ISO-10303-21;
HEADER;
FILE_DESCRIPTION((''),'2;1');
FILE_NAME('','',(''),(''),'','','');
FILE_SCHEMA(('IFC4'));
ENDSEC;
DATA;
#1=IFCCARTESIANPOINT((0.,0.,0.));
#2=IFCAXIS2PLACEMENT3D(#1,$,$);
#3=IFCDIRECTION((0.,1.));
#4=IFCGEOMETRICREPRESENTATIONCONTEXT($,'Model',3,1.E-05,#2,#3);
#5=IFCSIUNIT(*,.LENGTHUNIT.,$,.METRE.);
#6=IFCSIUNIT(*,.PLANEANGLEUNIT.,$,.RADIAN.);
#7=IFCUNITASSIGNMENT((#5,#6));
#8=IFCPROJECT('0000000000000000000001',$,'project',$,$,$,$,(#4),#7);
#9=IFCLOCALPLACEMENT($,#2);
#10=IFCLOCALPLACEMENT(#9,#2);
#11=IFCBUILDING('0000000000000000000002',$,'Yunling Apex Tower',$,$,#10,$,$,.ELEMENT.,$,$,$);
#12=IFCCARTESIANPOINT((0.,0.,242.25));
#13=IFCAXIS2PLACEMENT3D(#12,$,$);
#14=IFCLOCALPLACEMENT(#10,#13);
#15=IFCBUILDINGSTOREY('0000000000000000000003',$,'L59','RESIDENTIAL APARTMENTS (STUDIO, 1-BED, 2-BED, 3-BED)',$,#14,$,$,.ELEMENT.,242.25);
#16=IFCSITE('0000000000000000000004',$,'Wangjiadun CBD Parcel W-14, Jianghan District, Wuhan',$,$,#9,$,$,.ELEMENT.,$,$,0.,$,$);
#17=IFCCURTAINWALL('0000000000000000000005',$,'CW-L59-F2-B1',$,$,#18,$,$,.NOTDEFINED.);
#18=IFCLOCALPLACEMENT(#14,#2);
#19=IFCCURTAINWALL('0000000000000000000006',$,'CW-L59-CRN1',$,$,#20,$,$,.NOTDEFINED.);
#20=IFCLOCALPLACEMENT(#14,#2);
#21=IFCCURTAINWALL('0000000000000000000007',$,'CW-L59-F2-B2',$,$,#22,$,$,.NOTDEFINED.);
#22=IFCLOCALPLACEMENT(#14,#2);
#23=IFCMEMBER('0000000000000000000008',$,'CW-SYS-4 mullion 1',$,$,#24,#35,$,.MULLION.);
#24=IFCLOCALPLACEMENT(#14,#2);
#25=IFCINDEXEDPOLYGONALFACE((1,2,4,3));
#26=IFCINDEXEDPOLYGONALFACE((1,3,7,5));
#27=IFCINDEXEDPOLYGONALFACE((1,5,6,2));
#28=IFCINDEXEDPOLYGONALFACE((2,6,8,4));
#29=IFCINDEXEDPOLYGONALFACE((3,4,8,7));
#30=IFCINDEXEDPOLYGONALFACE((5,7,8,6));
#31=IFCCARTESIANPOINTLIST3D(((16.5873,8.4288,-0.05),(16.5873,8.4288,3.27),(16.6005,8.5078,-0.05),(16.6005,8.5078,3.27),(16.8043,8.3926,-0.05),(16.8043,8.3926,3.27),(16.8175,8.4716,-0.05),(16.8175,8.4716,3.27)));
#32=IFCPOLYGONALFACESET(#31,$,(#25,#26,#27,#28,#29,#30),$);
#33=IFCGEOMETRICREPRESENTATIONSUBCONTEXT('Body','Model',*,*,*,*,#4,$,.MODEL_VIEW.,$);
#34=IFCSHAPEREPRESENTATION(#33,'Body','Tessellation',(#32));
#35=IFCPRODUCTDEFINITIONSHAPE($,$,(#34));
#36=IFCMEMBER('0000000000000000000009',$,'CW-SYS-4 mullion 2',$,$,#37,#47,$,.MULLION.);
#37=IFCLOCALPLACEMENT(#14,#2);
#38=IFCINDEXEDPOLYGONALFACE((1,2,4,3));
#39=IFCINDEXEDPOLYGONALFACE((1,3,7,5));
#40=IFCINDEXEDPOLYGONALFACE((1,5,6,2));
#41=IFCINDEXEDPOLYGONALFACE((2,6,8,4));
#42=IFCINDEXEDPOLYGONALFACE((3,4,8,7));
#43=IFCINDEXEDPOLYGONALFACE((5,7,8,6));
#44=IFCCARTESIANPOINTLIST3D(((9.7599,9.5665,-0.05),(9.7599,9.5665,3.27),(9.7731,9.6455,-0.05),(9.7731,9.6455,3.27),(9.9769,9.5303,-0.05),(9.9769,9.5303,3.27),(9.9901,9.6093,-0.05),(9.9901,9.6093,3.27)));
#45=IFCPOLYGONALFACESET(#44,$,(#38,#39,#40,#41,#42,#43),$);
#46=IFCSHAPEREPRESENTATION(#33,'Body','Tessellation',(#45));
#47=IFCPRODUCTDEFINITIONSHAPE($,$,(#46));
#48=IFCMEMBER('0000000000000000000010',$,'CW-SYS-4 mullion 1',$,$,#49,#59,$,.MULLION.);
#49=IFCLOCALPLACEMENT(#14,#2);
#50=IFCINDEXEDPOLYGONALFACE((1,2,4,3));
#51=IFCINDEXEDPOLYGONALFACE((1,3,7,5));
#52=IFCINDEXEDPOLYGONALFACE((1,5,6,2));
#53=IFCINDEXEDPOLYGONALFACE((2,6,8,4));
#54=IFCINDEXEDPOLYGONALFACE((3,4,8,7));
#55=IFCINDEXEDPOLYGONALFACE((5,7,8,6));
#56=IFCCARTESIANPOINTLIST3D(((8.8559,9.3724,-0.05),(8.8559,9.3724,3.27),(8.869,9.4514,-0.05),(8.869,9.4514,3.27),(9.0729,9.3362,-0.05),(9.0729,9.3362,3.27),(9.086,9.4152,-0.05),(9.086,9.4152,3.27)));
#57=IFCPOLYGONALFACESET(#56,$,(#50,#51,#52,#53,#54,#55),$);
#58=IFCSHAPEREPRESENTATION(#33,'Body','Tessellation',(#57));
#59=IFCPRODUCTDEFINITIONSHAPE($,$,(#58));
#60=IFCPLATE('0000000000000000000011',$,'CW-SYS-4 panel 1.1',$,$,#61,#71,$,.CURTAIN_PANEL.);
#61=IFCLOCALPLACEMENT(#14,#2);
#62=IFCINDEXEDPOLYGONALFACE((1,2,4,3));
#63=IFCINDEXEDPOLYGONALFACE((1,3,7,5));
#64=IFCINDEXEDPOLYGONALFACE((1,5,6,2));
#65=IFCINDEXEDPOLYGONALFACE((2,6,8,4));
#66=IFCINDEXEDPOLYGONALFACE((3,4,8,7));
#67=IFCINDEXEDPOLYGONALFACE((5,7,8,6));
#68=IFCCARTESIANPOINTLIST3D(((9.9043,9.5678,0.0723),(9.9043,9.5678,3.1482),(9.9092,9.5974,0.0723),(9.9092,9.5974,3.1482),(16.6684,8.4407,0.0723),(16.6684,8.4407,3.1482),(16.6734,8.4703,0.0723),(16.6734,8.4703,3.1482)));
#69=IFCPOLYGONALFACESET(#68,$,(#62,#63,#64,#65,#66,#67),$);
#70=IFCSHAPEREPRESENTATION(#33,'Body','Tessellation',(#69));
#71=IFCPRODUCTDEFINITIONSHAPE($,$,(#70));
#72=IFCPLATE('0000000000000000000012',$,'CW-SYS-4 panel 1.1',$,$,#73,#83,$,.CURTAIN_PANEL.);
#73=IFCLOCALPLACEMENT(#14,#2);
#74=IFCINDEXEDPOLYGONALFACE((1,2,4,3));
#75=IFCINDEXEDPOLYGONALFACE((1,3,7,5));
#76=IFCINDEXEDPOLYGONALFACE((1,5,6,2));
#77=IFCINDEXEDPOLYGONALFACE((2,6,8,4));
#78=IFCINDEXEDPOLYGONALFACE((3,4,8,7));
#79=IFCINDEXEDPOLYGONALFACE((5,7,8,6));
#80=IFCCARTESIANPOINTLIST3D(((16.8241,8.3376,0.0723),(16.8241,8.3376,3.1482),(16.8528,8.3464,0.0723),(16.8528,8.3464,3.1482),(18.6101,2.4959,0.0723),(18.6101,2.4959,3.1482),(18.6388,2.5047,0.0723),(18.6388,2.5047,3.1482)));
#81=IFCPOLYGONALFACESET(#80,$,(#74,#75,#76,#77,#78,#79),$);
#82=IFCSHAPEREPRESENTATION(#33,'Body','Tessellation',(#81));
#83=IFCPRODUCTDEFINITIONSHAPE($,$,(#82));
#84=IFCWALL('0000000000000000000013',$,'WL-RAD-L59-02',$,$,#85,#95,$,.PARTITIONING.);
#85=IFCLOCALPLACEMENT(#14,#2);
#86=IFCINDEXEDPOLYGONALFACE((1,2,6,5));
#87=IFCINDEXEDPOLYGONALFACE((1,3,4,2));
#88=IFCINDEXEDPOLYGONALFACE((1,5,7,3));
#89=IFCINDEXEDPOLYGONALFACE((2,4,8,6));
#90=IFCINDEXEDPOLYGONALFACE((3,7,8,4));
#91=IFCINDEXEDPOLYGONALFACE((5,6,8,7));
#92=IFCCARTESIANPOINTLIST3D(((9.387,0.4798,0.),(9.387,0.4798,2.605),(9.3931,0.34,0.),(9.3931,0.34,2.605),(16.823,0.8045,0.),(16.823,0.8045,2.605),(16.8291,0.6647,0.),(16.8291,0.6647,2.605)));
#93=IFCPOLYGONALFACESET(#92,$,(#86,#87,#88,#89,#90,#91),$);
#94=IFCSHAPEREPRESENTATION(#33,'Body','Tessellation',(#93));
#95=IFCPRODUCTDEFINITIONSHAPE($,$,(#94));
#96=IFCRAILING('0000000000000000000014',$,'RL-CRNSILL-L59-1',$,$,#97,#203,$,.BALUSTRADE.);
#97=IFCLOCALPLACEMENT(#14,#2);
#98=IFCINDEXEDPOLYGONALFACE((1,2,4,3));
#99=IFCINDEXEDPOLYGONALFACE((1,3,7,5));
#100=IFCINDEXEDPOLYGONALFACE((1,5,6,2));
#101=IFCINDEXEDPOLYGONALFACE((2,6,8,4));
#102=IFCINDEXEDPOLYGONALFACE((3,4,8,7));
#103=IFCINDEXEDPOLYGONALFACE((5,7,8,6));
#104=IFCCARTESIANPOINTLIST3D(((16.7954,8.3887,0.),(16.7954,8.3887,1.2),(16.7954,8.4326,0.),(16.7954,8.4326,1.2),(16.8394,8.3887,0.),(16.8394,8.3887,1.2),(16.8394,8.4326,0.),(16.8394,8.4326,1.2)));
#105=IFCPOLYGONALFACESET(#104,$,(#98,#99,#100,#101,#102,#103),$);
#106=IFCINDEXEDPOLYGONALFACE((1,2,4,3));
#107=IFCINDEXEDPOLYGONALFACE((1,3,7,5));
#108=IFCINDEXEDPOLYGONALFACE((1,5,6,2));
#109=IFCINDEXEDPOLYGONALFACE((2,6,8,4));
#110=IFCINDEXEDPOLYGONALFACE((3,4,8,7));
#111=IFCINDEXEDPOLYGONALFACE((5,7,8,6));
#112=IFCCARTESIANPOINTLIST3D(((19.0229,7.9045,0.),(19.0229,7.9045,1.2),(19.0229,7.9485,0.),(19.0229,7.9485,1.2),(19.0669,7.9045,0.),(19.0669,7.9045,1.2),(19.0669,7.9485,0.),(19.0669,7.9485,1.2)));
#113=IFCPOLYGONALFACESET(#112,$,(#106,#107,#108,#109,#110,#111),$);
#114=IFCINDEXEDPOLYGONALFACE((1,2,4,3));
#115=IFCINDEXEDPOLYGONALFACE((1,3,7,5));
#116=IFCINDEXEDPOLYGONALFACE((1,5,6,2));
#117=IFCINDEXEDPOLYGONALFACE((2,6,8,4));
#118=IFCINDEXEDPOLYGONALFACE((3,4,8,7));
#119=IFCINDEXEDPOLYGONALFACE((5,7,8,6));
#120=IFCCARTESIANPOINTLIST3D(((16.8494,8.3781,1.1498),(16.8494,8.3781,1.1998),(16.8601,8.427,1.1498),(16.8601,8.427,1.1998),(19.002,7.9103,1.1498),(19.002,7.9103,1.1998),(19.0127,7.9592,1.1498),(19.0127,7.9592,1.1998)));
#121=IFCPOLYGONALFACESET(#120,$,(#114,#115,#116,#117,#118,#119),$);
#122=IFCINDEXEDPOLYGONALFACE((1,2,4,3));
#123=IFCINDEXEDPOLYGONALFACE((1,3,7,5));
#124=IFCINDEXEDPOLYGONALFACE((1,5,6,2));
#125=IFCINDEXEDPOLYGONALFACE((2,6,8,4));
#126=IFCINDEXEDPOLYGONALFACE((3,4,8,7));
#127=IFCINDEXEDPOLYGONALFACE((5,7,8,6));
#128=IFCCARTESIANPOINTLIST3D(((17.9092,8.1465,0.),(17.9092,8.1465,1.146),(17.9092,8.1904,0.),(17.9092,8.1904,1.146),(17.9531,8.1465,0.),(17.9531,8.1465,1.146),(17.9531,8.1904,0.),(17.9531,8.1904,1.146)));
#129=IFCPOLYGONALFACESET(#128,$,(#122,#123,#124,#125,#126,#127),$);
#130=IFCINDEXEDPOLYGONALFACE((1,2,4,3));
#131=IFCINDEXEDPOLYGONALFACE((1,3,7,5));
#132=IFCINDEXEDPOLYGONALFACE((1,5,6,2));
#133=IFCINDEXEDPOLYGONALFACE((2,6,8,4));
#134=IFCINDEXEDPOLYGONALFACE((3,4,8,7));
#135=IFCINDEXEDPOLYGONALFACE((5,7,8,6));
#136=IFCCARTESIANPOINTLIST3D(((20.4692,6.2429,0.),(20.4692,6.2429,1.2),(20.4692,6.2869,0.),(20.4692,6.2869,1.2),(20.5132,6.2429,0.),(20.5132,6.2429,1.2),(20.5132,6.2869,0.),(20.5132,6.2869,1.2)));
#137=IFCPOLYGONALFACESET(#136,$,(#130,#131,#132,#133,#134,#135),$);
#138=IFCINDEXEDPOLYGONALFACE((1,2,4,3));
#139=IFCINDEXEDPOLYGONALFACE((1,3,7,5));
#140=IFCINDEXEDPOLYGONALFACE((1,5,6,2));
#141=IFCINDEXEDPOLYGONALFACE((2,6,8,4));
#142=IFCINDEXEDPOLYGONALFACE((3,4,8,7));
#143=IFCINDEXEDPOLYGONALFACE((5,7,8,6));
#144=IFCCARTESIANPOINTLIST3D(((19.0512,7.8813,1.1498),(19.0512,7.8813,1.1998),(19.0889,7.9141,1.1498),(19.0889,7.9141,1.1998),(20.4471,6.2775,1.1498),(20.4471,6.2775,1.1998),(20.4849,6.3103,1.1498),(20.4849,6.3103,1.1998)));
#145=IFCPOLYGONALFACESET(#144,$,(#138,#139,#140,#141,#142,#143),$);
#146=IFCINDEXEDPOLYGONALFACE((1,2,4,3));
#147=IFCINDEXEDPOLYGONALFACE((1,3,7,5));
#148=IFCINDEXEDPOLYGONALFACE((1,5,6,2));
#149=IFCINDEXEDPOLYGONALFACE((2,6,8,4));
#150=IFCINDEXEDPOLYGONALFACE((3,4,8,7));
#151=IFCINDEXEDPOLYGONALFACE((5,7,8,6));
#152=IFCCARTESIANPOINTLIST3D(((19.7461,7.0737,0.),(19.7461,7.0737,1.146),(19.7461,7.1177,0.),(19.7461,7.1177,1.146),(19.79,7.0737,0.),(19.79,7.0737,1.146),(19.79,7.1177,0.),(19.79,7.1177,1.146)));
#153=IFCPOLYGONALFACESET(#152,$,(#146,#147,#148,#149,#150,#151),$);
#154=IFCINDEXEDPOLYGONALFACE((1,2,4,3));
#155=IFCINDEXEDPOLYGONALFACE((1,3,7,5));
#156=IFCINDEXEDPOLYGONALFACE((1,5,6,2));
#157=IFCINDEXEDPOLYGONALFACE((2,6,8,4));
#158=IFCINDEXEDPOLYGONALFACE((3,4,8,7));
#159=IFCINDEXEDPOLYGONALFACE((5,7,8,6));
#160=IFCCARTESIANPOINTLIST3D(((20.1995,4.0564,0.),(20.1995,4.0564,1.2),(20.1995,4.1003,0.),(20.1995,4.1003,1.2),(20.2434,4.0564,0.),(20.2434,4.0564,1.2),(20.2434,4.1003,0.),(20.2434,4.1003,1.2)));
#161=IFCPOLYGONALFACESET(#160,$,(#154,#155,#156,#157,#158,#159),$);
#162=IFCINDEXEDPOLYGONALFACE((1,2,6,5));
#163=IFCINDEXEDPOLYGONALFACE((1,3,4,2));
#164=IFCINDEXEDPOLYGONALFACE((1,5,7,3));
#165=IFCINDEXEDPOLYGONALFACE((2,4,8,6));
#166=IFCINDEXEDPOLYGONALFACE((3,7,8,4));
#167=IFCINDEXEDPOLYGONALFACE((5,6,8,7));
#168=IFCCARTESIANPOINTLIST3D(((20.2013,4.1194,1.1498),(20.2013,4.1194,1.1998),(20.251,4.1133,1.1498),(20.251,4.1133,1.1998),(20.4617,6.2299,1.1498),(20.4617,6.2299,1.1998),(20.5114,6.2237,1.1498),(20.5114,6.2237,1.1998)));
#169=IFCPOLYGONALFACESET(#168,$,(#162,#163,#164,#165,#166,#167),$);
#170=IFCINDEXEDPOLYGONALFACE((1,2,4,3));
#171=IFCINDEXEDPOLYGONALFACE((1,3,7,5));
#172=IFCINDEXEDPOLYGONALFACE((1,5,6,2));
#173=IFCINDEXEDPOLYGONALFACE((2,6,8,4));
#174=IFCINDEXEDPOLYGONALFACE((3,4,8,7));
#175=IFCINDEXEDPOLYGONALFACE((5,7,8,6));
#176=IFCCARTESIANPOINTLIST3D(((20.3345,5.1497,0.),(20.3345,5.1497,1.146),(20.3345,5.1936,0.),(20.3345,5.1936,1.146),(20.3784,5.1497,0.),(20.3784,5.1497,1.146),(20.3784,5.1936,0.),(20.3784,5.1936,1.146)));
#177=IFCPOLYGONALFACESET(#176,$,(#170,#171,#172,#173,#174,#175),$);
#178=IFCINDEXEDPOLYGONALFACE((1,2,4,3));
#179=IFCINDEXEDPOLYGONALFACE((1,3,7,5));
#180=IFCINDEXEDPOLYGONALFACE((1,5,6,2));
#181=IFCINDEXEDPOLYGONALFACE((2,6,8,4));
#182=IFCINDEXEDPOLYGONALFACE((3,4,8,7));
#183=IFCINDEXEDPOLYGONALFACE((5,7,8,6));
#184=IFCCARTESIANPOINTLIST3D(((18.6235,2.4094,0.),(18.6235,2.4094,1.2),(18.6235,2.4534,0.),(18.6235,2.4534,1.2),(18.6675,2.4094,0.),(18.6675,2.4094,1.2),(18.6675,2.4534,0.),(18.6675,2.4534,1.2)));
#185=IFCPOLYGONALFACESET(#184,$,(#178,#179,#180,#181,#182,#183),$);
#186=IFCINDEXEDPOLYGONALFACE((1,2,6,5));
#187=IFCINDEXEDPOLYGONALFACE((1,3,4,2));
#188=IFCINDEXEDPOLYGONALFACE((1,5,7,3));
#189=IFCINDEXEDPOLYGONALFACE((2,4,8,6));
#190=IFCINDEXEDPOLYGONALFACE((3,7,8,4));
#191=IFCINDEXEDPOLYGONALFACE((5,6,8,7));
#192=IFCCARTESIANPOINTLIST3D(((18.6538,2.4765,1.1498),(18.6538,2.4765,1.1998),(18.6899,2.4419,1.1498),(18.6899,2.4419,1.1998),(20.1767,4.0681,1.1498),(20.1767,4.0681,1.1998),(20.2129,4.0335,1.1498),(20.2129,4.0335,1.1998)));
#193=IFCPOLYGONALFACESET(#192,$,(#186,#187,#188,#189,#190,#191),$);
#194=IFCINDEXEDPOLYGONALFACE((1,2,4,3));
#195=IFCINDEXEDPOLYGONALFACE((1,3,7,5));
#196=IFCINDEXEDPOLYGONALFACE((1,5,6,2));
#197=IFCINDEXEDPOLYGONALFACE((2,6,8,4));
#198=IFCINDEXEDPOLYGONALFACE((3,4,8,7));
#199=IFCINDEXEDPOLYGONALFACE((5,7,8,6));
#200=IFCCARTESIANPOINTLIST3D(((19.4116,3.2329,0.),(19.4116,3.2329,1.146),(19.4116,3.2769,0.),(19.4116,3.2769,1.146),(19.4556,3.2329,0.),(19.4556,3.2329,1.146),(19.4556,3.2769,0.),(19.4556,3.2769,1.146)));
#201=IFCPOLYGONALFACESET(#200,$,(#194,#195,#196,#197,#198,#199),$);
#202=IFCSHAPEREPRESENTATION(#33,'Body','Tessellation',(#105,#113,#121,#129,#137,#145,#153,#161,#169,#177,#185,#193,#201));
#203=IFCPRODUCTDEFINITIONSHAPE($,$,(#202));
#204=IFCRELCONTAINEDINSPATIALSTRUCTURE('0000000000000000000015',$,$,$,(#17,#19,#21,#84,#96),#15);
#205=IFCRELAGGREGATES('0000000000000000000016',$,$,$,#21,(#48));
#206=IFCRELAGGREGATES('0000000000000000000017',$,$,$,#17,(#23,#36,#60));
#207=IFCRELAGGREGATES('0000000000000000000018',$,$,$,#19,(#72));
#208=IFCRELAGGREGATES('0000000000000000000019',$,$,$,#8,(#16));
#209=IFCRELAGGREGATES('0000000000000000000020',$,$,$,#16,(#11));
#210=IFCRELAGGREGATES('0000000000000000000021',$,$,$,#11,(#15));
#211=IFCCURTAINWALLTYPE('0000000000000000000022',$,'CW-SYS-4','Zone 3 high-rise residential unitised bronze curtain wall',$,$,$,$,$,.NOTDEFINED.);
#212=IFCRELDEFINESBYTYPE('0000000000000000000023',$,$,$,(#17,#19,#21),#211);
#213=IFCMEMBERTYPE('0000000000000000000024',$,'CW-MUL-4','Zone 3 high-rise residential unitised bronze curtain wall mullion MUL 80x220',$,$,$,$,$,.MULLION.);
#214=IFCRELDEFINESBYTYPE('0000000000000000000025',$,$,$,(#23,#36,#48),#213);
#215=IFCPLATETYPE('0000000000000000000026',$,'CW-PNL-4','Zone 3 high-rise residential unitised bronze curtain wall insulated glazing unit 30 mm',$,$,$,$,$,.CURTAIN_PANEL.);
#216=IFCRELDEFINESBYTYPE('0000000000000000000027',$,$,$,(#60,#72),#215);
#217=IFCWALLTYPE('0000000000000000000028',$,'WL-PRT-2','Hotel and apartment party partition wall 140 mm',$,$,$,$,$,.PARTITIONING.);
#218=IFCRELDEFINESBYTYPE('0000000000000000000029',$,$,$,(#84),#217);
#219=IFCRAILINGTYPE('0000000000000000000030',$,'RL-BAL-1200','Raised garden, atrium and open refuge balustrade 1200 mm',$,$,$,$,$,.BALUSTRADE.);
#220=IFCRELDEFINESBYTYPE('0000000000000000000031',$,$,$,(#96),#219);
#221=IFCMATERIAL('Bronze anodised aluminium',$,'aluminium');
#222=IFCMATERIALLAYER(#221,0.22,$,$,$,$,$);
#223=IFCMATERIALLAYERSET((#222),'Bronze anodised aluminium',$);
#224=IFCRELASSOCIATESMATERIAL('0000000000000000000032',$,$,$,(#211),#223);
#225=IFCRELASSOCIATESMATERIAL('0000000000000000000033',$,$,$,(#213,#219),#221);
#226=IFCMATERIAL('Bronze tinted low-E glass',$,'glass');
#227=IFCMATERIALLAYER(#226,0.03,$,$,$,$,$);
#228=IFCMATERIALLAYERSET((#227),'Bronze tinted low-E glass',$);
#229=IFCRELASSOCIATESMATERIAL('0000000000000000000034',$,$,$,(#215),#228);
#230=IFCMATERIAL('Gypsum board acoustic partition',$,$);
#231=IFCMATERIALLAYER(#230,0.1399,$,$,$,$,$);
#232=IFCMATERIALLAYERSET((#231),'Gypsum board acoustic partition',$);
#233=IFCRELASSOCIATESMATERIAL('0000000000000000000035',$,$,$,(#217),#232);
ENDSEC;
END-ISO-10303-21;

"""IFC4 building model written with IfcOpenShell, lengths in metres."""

from ifc_helpers import new_model, si_unit, direction, frame, frame_2d, origin, origin_2d, place, context, subcontext, project, spatial, rectangle, extrude, source, transform, mapped, material, layer, layer_set, material_profile, profile_set, type_object, element, aggregate, save


model = new_model("IFC4")

# Units and contexts
model_context = context("Model", 3, precision=1e-05, world=origin(), true_north=direction((0.0, 1.0)))
body_context = subcontext(model_context, "Body", "Model", "MODEL_VIEW")
ifc_project = project(units=[si_unit("LENGTHUNIT", "METRE"), si_unit("PLANEANGLEUNIT", "RADIAN")], contexts=[model_context])

# Site, building, storey
site_placement = place(None, origin())
site = spatial("IfcSite", under=ifc_project, at=site_placement, Name="Wangjiadun CBD Parcel W-14, Jianghan District, Wuhan", CompositionType="ELEMENT", RefElevation=0.0)
building_placement = place(site_placement, origin())
building = spatial("IfcBuilding", under=site, at=building_placement, Name="Yunling Apex Tower", CompositionType="ELEMENT")
storey_placement = place(building_placement, frame((0.0, 0.0, 242.25)))
storey = spatial("IfcBuildingStorey", under=building, at=storey_placement, Name="L59", Description="RESIDENTIAL APARTMENTS (STUDIO, 1-BED, 2-BED, 3-BED)", CompositionType="ELEMENT", Elevation=242.25)

# Curtain walls
ifc_material_1 = material(Name="Bronze anodised aluminium", Category="aluminium")
ifc_layer_1 = layer(ifc_material_1, 0.22)
ifc_layer_set_1 = layer_set([ifc_layer_1], Name="Bronze anodised aluminium")
curtain_wall_type = type_object("IfcCurtainWallType", Name="CW-SYS-4", Description="Zone 3 high-rise residential unitised bronze curtain wall", PredefinedType="NOTDEFINED", material=ifc_layer_set_1)
curtain_wall_1_placement = place(storey_placement, origin())
curtain_wall_1 = element("IfcCurtainWall", 1, at=curtain_wall_1_placement, inside=storey, type_object=curtain_wall_type, Name="CW-L59-F2-B1", PredefinedType="NOTDEFINED")
curtain_wall_2_placement = place(storey_placement, origin())
curtain_wall_2 = element("IfcCurtainWall", 2, at=curtain_wall_2_placement, inside=storey, type_object=curtain_wall_type, Name="CW-L59-CRN1", PredefinedType="NOTDEFINED")
curtain_wall_3_placement = place(storey_placement, origin())
curtain_wall_3 = element("IfcCurtainWall", 3, at=curtain_wall_3_placement, inside=storey, type_object=curtain_wall_type, Name="CW-L59-F2-B2", PredefinedType="NOTDEFINED")

# Shared definitions
ifc_material_profile_1 = material_profile(ifc_material_1, rectangle(XDim=0.0801, YDim=0.22, at=origin_2d()))
ifc_profile_set_1 = profile_set([ifc_material_profile_1], Name="Bronze anodised aluminium")
member_type_1 = type_object("IfcMemberType", Name="CW-MUL-4", Description="Zone 3 high-rise residential unitised bronze curtain wall mullion MUL 80x220", PredefinedType="MULLION", material=ifc_profile_set_1)
shared_shape_1 = source(origin(), body_context, "Body", "SweptSolid", [
    extrude(rectangle(XDim=0.0801, YDim=0.22, at=origin_2d()), origin(), (0.0, 0.0, 1.0), 3.3201),
])

# Members
member_1_placement = place(storey_placement, frame((16.7024, 8.4502, -0.05), z_axis=(0.0, 0.0, 1.0), x_axis=(-0.164353, -0.986402, 0.0)))
member_1 = element("IfcMember", 4, at=member_1_placement, type_object=member_type_1, Name="CW-SYS-4 mullion 1", PredefinedType="MULLION", context=body_context, shape_type="MappedRepresentation", body=[
    mapped(shared_shape_1, transform((0.0, 0.0, 0.0), scale=1.0)),
])
member_2_placement = place(storey_placement, frame((9.875, 9.5879, -0.05), z_axis=(0.0, 0.0, 1.0), x_axis=(-0.164353, -0.986402, 0.0)))
member_2 = element("IfcMember", 5, at=member_2_placement, type_object=member_type_1, Name="CW-SYS-4 mullion 2", PredefinedType="MULLION", context=body_context, shape_type="MappedRepresentation", body=[
    mapped(shared_shape_1, transform((0.0, 0.0, 0.0), scale=1.0)),
])
member_3_placement = place(storey_placement, frame((8.9709, 9.3938, -0.05), z_axis=(0.0, 0.0, 1.0), x_axis=(-0.164371, -0.986399, 0.0)))
member_3 = element("IfcMember", 6, at=member_3_placement, type_object=member_type_1, Name="CW-SYS-4 mullion 1", PredefinedType="MULLION", context=body_context, shape_type="MappedRepresentation", body=[
    mapped(shared_shape_1, transform((0.0, 0.0, 0.0), scale=1.0)),
])
aggregate(curtain_wall_3, [member_3])

# Plates
ifc_material_2 = material(Name="Bronze tinted low-E glass", Category="glass")
ifc_layer_2 = layer(ifc_material_2, 0.03)
ifc_layer_set_2 = layer_set([ifc_layer_2], Name="Bronze tinted low-E glass")
plate_type = type_object("IfcPlateType", Name="CW-PNL-4", Description="Zone 3 high-rise residential unitised bronze curtain wall insulated glazing unit 30 mm", PredefinedType="CURTAIN_PANEL", material=ifc_layer_set_2)
shared_shape_2 = source(origin(), body_context, "Body", "SweptSolid", [
    extrude(rectangle(XDim=6.8574, YDim=0.03, at=origin_2d()), origin(), (0.0, 0.0, 1.0), 3.0759),
])
plate_1_placement = place(storey_placement, frame((13.2888, 9.019, 0.0723), z_axis=(0.0, 0.0, 1.0), x_axis=(-0.986402, 0.164353, 0.0)))
plate_1 = element("IfcPlate", 7, at=plate_1_placement, type_object=plate_type, Name="CW-SYS-4 panel 1.1", PredefinedType="CURTAIN_PANEL", context=body_context, shape_type="MappedRepresentation", body=[
    mapped(shared_shape_2, transform((0.0, 0.0, 0.0), scale=1.0)),
])
aggregate(curtain_wall_1, [member_1, member_2, plate_1])
shared_shape_3 = source(origin(), body_context, "Body", "SweptSolid", [
    extrude(rectangle(XDim=6.1086, YDim=0.03, at=origin_2d()), origin(), (0.0, 0.0, 1.0), 3.0759),
])
plate_2_placement = place(storey_placement, frame((17.7314, 5.4211, 0.0723), z_axis=(0.0, 0.0, 1.0), x_axis=(-0.292369, 0.956305, 0.0)))
plate_2 = element("IfcPlate", 8, at=plate_2_placement, type_object=plate_type, Name="CW-SYS-4 panel 1.1", PredefinedType="CURTAIN_PANEL", context=body_context, shape_type="MappedRepresentation", body=[
    mapped(shared_shape_3, transform((0.0, 0.0, 0.0), scale=1.0)),
])
aggregate(curtain_wall_2, [plate_2])

# Wall
ifc_material_3 = material(Name="Gypsum board acoustic partition")
ifc_layer_3 = layer(ifc_material_3, 0.1399)
ifc_layer_set_3 = layer_set([ifc_layer_3], Name="Gypsum board acoustic partition")
wall_type = type_object("IfcWallType", Name="WL-PRT-2", Description="Hotel and apartment party partition wall 140 mm", PredefinedType="PARTITIONING", material=ifc_layer_set_3)
wall_placement = place(storey_placement, frame((9.3899, 0.4099, 0.0), z_axis=(0.0, 0.0, 1.0), x_axis=(0.999048, 0.043625, 0.0)))
element("IfcWall", 9, at=wall_placement, inside=storey, type_object=wall_type, Name="WL-RAD-L59-02", PredefinedType="PARTITIONING", context=body_context, shape_type="SweptSolid", body=[
    extrude(rectangle(XDim=7.4431, YDim=0.1399, at=frame_2d((3.7217, 0.0))), origin(), (0.0, 0.0, 1.0), 2.605),
])

# Railing
railing_type = type_object("IfcRailingType", Name="RL-BAL-1200", Description="Raised garden, atrium and open refuge balustrade 1200 mm", PredefinedType="BALUSTRADE", material=ifc_material_1)
railing_1_placement = place(storey_placement, frame((16.8174, 8.4106, 0.0)))
element("IfcRailing", 10, at=railing_1_placement, inside=storey, type_object=railing_type, Name="RL-CRNSILL-L59-1", PredefinedType="BALUSTRADE", context=body_context, shape_type="SweptSolid", body=[
    extrude(rectangle(XDim=0.0439, YDim=0.0439, at=origin_2d()), origin(), (0.0, 0.0, 1.0), 1.2),
    extrude(rectangle(XDim=0.0439, YDim=0.0439, at=origin_2d()), frame((2.2275, -0.4841, 0.0)), (0.0, 0.0, 1.0), 1.2),
    extrude(rectangle(XDim=0.05, YDim=0.05, at=origin_2d()), frame((0.0374, -0.0081, 1.1748), z_axis=(0.977187, -0.212381, 0.0), x_axis=(0.212381, 0.977187, 0.0)), (0.0, 0.0, 1.0), 2.2029),
    extrude(rectangle(XDim=0.0439, YDim=0.0439, at=origin_2d()), frame((1.1138, -0.2422, 0.0)), (0.0, 0.0, 1.0), 1.146),
    extrude(rectangle(XDim=0.0439, YDim=0.0439, at=origin_2d()), frame((3.6738, -2.1458, 0.0)), (0.0, 0.0, 1.0), 1.2),
    extrude(rectangle(XDim=0.05, YDim=0.05, at=origin_2d()), frame((2.2527, -0.5129, 1.1748), z_axis=(0.656541, -0.75429, 0.0), x_axis=(0.75429, 0.656541, 0.0)), (0.0, 0.0, 1.0), 2.1262),
    extrude(rectangle(XDim=0.0439, YDim=0.0439, at=origin_2d()), frame((2.9507, -1.3149, 0.0)), (0.0, 0.0, 1.0), 1.146),
    extrude(rectangle(XDim=0.0439, YDim=0.0439, at=origin_2d()), frame((3.4041, -4.3323, 0.0)), (0.0, 0.0, 1.0), 1.2),
    extrude(rectangle(XDim=0.05, YDim=0.05, at=origin_2d()), frame((3.6692, -2.1838, 1.1748), z_axis=(-0.122452, -0.992474, 0.0), x_axis=(0.992474, -0.122452, 0.0)), (0.0, 0.0, 1.0), 2.1265),
    extrude(rectangle(XDim=0.0439, YDim=0.0439, at=origin_2d()), frame((3.5391, -3.239, 0.0)), (0.0, 0.0, 1.0), 1.146),
    extrude(rectangle(XDim=0.0439, YDim=0.0439, at=origin_2d()), frame((1.8281, -5.9792, 0.0)), (0.0, 0.0, 1.0), 1.2),
    extrude(rectangle(XDim=0.05, YDim=0.05, at=origin_2d()), frame((3.3774, -4.3599, 1.1748), z_axis=(-0.691352, -0.722519, 0.0), x_axis=(0.722519, -0.691352, 0.0)), (0.0, 0.0, 1.0), 2.2029),
    extrude(rectangle(XDim=0.0439, YDim=0.0439, at=origin_2d()), frame((2.6162, -5.1558, 0.0)), (0.0, 0.0, 1.0), 1.146),
])

save(model, "model.ifc")
